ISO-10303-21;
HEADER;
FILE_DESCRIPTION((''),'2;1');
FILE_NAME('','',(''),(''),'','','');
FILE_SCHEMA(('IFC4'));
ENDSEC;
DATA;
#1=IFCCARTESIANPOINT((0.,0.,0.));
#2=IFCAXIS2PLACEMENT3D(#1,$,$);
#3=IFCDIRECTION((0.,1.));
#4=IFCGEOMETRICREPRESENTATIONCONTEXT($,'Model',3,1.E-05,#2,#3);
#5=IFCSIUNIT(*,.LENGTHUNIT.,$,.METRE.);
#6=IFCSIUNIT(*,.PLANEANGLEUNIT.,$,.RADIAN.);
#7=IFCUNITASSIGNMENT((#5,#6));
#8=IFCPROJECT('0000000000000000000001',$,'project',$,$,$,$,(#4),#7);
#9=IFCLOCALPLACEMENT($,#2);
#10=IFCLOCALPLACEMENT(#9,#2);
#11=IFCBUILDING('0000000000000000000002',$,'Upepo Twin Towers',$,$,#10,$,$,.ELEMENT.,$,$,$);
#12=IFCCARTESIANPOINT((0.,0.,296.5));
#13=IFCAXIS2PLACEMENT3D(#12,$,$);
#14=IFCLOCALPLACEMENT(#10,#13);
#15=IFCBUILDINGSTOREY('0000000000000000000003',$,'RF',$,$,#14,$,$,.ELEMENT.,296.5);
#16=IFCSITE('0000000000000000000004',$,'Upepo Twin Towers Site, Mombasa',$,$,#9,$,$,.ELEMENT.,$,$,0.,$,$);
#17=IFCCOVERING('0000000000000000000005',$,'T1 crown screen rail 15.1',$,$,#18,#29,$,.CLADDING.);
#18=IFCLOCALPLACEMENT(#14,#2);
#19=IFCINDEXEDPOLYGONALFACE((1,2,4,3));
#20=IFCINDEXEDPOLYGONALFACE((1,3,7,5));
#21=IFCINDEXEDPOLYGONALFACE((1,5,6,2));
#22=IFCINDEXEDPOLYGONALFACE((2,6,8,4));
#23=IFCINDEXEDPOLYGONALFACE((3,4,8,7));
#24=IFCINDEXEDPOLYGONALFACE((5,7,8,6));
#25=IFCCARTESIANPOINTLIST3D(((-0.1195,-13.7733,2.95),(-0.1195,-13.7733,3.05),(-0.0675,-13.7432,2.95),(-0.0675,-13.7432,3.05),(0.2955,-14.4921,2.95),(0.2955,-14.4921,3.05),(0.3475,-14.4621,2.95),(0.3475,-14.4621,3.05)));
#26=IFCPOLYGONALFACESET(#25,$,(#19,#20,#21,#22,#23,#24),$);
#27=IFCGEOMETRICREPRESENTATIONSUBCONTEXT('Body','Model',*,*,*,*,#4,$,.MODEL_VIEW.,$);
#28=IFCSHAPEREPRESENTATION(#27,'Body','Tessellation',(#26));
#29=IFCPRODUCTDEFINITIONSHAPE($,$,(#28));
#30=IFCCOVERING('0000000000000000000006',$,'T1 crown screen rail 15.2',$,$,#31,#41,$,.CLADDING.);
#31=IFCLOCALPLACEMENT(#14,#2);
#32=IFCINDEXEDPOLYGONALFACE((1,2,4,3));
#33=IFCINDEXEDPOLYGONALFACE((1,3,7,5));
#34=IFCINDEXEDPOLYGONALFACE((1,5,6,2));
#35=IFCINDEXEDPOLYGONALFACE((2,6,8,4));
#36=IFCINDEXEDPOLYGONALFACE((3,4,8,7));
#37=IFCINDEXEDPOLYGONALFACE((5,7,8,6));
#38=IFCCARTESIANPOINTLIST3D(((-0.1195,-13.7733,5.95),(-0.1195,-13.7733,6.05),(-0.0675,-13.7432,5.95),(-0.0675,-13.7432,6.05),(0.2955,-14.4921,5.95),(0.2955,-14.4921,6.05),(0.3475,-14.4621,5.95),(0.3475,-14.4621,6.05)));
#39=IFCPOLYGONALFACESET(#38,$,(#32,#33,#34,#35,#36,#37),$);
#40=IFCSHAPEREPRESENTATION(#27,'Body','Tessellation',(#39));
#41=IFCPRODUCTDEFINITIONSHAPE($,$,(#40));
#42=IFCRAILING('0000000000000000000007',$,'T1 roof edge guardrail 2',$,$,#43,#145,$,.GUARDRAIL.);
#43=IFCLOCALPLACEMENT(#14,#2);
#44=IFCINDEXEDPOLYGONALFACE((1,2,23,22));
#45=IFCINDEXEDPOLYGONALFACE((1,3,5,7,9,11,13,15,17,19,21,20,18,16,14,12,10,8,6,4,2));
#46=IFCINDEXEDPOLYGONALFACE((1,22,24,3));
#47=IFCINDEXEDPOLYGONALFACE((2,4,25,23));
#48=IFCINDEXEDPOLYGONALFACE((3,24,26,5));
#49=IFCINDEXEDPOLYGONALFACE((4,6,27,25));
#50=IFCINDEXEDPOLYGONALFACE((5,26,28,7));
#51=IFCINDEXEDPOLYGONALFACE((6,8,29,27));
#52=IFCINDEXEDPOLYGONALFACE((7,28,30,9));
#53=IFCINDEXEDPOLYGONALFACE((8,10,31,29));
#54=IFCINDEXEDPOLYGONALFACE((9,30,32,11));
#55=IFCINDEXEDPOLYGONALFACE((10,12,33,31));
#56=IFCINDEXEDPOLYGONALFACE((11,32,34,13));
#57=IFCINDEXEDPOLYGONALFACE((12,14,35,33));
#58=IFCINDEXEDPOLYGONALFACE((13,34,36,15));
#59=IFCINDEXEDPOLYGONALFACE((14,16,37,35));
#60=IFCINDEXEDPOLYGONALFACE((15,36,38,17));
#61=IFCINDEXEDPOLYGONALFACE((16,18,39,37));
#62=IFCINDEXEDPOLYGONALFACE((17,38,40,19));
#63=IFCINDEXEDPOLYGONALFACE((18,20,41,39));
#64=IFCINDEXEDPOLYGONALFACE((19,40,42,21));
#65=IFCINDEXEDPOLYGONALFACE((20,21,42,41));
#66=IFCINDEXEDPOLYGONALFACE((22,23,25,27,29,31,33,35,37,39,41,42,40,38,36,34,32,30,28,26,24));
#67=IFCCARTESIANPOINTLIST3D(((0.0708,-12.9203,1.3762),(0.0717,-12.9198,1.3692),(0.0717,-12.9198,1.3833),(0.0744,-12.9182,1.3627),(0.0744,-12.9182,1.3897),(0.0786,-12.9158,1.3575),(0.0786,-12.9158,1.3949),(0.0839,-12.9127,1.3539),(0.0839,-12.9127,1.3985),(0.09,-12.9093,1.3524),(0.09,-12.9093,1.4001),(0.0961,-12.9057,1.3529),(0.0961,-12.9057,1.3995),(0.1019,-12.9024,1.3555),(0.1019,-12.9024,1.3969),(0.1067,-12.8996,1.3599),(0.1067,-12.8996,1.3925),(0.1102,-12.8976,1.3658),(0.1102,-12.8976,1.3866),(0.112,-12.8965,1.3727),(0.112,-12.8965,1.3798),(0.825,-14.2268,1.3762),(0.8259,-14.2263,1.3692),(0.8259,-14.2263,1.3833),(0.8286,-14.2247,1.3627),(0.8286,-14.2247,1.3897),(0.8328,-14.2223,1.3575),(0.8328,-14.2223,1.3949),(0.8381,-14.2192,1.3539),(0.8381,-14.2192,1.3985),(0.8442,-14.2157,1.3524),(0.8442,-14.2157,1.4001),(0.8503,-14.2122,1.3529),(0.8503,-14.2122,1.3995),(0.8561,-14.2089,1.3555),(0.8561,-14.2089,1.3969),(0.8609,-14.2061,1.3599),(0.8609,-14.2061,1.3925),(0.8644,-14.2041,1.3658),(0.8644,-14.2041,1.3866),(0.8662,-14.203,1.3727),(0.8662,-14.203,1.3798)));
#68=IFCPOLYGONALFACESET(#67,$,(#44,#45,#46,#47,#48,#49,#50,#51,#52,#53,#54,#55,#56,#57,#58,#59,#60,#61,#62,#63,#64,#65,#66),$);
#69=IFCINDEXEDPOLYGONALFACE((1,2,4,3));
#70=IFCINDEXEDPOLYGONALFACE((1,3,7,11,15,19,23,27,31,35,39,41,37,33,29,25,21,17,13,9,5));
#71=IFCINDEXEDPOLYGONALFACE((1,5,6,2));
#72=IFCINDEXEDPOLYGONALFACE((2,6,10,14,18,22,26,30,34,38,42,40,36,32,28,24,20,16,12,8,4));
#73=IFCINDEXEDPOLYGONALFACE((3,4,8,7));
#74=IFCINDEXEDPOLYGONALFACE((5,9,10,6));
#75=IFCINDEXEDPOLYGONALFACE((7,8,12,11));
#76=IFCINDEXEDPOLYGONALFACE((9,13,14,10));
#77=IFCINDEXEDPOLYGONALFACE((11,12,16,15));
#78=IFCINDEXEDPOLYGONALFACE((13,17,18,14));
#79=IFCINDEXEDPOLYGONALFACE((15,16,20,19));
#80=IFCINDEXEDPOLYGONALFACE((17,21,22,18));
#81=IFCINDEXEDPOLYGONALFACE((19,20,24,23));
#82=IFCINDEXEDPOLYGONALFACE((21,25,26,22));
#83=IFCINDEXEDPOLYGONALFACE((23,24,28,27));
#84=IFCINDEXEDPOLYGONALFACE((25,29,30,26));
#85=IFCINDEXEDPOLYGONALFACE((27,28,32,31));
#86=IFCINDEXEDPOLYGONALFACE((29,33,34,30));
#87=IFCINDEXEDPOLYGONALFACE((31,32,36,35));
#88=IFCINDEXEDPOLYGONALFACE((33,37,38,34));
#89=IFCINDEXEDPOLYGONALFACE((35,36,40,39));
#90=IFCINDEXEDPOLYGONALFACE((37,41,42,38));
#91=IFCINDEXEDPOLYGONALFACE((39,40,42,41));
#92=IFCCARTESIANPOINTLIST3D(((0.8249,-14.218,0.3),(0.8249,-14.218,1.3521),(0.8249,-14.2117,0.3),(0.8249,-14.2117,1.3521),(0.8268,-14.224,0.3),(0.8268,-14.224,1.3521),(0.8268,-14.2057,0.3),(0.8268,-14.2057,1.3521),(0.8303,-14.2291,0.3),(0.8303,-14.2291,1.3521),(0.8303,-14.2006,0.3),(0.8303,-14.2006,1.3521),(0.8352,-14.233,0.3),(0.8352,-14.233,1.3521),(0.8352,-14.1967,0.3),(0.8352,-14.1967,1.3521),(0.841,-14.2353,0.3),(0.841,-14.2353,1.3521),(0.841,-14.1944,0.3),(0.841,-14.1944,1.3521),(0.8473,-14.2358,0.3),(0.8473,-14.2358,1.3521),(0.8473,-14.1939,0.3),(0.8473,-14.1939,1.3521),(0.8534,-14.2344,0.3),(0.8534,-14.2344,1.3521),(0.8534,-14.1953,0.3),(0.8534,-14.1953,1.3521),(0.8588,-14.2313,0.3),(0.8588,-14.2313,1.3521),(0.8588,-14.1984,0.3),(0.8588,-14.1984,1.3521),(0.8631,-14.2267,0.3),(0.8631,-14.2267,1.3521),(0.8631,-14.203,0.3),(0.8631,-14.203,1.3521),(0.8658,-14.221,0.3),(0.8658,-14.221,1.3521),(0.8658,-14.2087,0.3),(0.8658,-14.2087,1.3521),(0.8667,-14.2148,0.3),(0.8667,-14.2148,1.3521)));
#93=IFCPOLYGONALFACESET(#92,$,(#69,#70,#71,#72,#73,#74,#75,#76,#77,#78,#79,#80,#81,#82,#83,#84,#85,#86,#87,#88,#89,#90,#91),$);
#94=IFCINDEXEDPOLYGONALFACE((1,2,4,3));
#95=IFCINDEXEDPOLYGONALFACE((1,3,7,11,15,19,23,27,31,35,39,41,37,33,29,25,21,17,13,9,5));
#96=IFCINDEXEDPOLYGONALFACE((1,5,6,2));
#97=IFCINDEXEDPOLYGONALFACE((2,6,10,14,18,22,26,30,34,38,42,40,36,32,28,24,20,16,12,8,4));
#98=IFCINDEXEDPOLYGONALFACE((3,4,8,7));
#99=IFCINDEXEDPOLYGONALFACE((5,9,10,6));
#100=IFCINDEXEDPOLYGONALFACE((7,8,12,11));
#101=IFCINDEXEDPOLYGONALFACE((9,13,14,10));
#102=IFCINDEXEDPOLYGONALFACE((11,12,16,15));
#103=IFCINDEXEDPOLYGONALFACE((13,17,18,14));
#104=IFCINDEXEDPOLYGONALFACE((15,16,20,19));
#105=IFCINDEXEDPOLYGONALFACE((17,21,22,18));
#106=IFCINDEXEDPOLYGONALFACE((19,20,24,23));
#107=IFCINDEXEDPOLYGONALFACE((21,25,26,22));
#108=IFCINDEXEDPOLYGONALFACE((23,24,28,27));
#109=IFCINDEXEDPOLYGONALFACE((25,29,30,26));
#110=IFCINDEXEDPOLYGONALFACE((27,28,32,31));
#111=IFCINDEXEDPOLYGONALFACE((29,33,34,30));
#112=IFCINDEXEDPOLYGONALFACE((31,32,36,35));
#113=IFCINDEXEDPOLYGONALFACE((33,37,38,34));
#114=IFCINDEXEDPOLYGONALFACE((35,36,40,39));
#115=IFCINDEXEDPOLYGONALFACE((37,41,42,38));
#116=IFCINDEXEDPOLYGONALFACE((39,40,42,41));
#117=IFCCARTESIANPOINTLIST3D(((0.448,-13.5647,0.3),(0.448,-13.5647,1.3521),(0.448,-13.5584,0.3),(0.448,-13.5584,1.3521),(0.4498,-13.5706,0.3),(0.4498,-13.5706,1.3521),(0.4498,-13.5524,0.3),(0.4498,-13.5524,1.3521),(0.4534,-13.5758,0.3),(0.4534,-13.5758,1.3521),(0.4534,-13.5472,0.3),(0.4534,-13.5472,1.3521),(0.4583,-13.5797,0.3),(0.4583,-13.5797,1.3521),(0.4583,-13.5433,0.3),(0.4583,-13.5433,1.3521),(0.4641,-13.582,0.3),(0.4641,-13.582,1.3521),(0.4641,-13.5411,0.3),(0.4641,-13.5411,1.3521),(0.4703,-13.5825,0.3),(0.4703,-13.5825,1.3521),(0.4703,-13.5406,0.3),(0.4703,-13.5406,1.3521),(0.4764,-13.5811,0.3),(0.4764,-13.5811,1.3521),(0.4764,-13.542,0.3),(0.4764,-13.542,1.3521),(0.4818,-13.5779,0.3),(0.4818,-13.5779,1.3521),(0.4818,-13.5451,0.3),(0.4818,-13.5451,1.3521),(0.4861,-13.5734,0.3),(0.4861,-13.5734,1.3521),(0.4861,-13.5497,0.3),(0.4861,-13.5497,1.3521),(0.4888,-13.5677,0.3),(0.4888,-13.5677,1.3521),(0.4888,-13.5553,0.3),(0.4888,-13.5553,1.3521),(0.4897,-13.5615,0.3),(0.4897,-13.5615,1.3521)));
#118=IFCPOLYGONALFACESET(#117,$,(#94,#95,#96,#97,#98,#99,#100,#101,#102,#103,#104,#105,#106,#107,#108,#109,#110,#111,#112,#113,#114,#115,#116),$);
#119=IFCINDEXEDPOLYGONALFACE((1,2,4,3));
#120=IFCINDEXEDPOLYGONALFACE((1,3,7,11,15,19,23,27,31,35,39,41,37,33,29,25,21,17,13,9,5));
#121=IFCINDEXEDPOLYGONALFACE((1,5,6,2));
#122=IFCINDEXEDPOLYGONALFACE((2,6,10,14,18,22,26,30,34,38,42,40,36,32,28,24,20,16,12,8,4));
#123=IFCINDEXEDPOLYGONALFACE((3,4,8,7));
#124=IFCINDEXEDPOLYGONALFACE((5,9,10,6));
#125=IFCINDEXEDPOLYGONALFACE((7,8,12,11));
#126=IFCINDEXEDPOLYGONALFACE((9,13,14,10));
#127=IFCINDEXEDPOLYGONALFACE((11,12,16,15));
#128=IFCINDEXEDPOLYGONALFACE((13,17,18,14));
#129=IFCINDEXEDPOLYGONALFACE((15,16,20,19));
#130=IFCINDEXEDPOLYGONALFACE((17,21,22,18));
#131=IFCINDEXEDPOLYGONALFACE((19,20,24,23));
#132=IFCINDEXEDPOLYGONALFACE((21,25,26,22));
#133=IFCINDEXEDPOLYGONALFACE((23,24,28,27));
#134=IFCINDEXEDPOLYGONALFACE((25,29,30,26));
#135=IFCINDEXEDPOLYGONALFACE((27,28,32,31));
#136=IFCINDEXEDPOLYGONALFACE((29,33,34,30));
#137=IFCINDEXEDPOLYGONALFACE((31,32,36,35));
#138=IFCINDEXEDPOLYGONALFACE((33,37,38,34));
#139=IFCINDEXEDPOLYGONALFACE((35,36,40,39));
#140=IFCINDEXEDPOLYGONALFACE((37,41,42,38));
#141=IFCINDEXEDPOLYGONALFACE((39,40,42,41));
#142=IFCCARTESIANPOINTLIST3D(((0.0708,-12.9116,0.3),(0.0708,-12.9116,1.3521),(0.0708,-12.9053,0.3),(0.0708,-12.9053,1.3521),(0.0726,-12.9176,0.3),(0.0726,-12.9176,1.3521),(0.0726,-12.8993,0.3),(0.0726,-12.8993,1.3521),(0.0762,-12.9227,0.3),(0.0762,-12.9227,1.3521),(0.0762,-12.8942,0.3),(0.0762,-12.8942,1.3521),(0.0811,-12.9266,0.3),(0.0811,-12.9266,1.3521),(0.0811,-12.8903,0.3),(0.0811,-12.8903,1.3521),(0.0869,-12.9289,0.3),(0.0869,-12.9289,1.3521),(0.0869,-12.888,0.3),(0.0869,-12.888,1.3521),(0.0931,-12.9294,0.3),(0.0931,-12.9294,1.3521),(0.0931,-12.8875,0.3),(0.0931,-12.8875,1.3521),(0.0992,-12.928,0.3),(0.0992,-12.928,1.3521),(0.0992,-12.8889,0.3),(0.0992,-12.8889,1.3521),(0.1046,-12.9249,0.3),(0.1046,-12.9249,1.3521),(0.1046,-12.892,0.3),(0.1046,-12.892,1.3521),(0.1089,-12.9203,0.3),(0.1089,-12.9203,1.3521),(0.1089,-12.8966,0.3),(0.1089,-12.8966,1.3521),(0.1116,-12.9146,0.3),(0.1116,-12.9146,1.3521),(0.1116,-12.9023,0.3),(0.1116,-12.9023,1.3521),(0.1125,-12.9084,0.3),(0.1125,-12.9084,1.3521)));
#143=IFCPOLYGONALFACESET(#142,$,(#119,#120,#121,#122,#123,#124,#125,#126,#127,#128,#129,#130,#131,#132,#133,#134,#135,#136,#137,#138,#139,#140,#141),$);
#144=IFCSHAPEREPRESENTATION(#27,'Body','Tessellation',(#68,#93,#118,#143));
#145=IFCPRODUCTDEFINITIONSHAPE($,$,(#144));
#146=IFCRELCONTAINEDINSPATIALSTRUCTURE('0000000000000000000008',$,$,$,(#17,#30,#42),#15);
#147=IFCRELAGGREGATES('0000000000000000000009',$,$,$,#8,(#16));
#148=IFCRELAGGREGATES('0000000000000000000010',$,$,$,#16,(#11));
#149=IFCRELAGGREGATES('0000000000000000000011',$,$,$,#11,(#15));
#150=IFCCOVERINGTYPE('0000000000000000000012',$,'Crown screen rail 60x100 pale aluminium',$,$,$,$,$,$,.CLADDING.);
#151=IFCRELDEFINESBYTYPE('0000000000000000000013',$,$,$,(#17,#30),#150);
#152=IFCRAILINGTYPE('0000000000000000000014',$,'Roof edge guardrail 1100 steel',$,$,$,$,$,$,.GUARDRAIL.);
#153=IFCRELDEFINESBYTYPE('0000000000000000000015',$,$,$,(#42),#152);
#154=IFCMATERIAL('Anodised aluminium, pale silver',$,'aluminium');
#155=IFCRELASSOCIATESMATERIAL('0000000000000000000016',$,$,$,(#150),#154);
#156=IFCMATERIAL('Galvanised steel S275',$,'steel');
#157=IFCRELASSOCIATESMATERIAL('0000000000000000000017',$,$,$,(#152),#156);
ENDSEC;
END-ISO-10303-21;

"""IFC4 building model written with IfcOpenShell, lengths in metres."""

from ifc_helpers import new_model, si_unit, direction, frame, origin, origin_2d, place, context, subcontext, project, spatial, rectangle, circle, extrude, material, type_object, element, save


model = new_model("IFC4")

# Units and contexts
model_context = context("Model", 3, precision=1e-05, world=origin(), true_north=direction((0.0, 1.0)))
body_context = subcontext(model_context, "Body", "Model", "MODEL_VIEW")
ifc_project = project(units=[si_unit("LENGTHUNIT", "METRE"), si_unit("PLANEANGLEUNIT", "RADIAN")], contexts=[model_context])

# Site, building, storey
site_placement = place(None, origin())
site = spatial("IfcSite", under=ifc_project, at=site_placement, Name="Upepo Twin Towers Site, Mombasa", CompositionType="ELEMENT", RefElevation=0.0)
building_placement = place(site_placement, origin())
building = spatial("IfcBuilding", under=site, at=building_placement, Name="Upepo Twin Towers", CompositionType="ELEMENT")
storey_placement = place(building_placement, frame((0.0, 0.0, 296.5)))
storey = spatial("IfcBuildingStorey", under=building, at=storey_placement, Name="RF", CompositionType="ELEMENT", Elevation=296.5)

# Coverings
ifc_material_1 = material(Name="Anodised aluminium, pale silver", Category="aluminium")
covering_type_1 = type_object("IfcCoveringType", Name="Crown screen rail 60x100 pale aluminium", PredefinedType="CLADDING", material=ifc_material_1)
for number, where, z_axis, x_axis, name in (
    (1, (0.114, -14.1177, 2.95), (0.0, 0.0, 1.0), (0.5, -0.866025, 0.0), "T1 crown screen rail 15.1"),
    (2, (0.114, -14.1177, 5.95), (0.0, 0.0, 1.0), (0.5, -0.866025, 0.0), "T1 crown screen rail 15.2"),
):
    element("IfcCovering", number, at=place(storey_placement, frame(where, z_axis=z_axis, x_axis=x_axis)), inside=storey, type_object=covering_type_1, Name=name, PredefinedType="CLADDING", context=body_context, shape_type="SweptSolid", body=[
        extrude(rectangle(XDim=0.8301, YDim=0.0601, at=origin_2d()), origin(), (0.0, 0.0, 1.0), 0.1001),
    ])

# Railing
ifc_material_2 = material(Name="Galvanised steel S275", Category="steel")
railing_type = type_object("IfcRailingType", Name="Roof edge guardrail 1100 steel", PredefinedType="GUARDRAIL", material=ifc_material_2)
railing_1_placement = place(storey_placement, frame((0.8457, -14.2148, 0.3)))
element("IfcRailing", 3, at=railing_1_placement, inside=storey, type_object=railing_type, Name="T1 roof edge guardrail 2", PredefinedType="GUARDRAIL", context=body_context, shape_type="SweptSolid", body=[
    extrude(circle(Radius=0.0239, at=origin_2d()), frame((0.0, 0.0, 1.0762), z_axis=(-0.499951, 0.866054, 0.0), x_axis=(-0.866054, -0.499951, 0.0)), (0.0, 0.0, 1.0), 1.5085),
    extrude(circle(Radius=0.021, at=origin_2d()), origin(), (0.0, 0.0, 1.0), 1.052),
    extrude(circle(Radius=0.021, at=origin_2d()), frame((-0.377, 0.6533, 0.0)), (0.0, 0.0, 1.0), 1.052),
    extrude(circle(Radius=0.021, at=origin_2d()), frame((-0.7542, 1.3064, 0.0)), (0.0, 0.0, 1.0), 1.052),
])

save(model, "model.ifc")
